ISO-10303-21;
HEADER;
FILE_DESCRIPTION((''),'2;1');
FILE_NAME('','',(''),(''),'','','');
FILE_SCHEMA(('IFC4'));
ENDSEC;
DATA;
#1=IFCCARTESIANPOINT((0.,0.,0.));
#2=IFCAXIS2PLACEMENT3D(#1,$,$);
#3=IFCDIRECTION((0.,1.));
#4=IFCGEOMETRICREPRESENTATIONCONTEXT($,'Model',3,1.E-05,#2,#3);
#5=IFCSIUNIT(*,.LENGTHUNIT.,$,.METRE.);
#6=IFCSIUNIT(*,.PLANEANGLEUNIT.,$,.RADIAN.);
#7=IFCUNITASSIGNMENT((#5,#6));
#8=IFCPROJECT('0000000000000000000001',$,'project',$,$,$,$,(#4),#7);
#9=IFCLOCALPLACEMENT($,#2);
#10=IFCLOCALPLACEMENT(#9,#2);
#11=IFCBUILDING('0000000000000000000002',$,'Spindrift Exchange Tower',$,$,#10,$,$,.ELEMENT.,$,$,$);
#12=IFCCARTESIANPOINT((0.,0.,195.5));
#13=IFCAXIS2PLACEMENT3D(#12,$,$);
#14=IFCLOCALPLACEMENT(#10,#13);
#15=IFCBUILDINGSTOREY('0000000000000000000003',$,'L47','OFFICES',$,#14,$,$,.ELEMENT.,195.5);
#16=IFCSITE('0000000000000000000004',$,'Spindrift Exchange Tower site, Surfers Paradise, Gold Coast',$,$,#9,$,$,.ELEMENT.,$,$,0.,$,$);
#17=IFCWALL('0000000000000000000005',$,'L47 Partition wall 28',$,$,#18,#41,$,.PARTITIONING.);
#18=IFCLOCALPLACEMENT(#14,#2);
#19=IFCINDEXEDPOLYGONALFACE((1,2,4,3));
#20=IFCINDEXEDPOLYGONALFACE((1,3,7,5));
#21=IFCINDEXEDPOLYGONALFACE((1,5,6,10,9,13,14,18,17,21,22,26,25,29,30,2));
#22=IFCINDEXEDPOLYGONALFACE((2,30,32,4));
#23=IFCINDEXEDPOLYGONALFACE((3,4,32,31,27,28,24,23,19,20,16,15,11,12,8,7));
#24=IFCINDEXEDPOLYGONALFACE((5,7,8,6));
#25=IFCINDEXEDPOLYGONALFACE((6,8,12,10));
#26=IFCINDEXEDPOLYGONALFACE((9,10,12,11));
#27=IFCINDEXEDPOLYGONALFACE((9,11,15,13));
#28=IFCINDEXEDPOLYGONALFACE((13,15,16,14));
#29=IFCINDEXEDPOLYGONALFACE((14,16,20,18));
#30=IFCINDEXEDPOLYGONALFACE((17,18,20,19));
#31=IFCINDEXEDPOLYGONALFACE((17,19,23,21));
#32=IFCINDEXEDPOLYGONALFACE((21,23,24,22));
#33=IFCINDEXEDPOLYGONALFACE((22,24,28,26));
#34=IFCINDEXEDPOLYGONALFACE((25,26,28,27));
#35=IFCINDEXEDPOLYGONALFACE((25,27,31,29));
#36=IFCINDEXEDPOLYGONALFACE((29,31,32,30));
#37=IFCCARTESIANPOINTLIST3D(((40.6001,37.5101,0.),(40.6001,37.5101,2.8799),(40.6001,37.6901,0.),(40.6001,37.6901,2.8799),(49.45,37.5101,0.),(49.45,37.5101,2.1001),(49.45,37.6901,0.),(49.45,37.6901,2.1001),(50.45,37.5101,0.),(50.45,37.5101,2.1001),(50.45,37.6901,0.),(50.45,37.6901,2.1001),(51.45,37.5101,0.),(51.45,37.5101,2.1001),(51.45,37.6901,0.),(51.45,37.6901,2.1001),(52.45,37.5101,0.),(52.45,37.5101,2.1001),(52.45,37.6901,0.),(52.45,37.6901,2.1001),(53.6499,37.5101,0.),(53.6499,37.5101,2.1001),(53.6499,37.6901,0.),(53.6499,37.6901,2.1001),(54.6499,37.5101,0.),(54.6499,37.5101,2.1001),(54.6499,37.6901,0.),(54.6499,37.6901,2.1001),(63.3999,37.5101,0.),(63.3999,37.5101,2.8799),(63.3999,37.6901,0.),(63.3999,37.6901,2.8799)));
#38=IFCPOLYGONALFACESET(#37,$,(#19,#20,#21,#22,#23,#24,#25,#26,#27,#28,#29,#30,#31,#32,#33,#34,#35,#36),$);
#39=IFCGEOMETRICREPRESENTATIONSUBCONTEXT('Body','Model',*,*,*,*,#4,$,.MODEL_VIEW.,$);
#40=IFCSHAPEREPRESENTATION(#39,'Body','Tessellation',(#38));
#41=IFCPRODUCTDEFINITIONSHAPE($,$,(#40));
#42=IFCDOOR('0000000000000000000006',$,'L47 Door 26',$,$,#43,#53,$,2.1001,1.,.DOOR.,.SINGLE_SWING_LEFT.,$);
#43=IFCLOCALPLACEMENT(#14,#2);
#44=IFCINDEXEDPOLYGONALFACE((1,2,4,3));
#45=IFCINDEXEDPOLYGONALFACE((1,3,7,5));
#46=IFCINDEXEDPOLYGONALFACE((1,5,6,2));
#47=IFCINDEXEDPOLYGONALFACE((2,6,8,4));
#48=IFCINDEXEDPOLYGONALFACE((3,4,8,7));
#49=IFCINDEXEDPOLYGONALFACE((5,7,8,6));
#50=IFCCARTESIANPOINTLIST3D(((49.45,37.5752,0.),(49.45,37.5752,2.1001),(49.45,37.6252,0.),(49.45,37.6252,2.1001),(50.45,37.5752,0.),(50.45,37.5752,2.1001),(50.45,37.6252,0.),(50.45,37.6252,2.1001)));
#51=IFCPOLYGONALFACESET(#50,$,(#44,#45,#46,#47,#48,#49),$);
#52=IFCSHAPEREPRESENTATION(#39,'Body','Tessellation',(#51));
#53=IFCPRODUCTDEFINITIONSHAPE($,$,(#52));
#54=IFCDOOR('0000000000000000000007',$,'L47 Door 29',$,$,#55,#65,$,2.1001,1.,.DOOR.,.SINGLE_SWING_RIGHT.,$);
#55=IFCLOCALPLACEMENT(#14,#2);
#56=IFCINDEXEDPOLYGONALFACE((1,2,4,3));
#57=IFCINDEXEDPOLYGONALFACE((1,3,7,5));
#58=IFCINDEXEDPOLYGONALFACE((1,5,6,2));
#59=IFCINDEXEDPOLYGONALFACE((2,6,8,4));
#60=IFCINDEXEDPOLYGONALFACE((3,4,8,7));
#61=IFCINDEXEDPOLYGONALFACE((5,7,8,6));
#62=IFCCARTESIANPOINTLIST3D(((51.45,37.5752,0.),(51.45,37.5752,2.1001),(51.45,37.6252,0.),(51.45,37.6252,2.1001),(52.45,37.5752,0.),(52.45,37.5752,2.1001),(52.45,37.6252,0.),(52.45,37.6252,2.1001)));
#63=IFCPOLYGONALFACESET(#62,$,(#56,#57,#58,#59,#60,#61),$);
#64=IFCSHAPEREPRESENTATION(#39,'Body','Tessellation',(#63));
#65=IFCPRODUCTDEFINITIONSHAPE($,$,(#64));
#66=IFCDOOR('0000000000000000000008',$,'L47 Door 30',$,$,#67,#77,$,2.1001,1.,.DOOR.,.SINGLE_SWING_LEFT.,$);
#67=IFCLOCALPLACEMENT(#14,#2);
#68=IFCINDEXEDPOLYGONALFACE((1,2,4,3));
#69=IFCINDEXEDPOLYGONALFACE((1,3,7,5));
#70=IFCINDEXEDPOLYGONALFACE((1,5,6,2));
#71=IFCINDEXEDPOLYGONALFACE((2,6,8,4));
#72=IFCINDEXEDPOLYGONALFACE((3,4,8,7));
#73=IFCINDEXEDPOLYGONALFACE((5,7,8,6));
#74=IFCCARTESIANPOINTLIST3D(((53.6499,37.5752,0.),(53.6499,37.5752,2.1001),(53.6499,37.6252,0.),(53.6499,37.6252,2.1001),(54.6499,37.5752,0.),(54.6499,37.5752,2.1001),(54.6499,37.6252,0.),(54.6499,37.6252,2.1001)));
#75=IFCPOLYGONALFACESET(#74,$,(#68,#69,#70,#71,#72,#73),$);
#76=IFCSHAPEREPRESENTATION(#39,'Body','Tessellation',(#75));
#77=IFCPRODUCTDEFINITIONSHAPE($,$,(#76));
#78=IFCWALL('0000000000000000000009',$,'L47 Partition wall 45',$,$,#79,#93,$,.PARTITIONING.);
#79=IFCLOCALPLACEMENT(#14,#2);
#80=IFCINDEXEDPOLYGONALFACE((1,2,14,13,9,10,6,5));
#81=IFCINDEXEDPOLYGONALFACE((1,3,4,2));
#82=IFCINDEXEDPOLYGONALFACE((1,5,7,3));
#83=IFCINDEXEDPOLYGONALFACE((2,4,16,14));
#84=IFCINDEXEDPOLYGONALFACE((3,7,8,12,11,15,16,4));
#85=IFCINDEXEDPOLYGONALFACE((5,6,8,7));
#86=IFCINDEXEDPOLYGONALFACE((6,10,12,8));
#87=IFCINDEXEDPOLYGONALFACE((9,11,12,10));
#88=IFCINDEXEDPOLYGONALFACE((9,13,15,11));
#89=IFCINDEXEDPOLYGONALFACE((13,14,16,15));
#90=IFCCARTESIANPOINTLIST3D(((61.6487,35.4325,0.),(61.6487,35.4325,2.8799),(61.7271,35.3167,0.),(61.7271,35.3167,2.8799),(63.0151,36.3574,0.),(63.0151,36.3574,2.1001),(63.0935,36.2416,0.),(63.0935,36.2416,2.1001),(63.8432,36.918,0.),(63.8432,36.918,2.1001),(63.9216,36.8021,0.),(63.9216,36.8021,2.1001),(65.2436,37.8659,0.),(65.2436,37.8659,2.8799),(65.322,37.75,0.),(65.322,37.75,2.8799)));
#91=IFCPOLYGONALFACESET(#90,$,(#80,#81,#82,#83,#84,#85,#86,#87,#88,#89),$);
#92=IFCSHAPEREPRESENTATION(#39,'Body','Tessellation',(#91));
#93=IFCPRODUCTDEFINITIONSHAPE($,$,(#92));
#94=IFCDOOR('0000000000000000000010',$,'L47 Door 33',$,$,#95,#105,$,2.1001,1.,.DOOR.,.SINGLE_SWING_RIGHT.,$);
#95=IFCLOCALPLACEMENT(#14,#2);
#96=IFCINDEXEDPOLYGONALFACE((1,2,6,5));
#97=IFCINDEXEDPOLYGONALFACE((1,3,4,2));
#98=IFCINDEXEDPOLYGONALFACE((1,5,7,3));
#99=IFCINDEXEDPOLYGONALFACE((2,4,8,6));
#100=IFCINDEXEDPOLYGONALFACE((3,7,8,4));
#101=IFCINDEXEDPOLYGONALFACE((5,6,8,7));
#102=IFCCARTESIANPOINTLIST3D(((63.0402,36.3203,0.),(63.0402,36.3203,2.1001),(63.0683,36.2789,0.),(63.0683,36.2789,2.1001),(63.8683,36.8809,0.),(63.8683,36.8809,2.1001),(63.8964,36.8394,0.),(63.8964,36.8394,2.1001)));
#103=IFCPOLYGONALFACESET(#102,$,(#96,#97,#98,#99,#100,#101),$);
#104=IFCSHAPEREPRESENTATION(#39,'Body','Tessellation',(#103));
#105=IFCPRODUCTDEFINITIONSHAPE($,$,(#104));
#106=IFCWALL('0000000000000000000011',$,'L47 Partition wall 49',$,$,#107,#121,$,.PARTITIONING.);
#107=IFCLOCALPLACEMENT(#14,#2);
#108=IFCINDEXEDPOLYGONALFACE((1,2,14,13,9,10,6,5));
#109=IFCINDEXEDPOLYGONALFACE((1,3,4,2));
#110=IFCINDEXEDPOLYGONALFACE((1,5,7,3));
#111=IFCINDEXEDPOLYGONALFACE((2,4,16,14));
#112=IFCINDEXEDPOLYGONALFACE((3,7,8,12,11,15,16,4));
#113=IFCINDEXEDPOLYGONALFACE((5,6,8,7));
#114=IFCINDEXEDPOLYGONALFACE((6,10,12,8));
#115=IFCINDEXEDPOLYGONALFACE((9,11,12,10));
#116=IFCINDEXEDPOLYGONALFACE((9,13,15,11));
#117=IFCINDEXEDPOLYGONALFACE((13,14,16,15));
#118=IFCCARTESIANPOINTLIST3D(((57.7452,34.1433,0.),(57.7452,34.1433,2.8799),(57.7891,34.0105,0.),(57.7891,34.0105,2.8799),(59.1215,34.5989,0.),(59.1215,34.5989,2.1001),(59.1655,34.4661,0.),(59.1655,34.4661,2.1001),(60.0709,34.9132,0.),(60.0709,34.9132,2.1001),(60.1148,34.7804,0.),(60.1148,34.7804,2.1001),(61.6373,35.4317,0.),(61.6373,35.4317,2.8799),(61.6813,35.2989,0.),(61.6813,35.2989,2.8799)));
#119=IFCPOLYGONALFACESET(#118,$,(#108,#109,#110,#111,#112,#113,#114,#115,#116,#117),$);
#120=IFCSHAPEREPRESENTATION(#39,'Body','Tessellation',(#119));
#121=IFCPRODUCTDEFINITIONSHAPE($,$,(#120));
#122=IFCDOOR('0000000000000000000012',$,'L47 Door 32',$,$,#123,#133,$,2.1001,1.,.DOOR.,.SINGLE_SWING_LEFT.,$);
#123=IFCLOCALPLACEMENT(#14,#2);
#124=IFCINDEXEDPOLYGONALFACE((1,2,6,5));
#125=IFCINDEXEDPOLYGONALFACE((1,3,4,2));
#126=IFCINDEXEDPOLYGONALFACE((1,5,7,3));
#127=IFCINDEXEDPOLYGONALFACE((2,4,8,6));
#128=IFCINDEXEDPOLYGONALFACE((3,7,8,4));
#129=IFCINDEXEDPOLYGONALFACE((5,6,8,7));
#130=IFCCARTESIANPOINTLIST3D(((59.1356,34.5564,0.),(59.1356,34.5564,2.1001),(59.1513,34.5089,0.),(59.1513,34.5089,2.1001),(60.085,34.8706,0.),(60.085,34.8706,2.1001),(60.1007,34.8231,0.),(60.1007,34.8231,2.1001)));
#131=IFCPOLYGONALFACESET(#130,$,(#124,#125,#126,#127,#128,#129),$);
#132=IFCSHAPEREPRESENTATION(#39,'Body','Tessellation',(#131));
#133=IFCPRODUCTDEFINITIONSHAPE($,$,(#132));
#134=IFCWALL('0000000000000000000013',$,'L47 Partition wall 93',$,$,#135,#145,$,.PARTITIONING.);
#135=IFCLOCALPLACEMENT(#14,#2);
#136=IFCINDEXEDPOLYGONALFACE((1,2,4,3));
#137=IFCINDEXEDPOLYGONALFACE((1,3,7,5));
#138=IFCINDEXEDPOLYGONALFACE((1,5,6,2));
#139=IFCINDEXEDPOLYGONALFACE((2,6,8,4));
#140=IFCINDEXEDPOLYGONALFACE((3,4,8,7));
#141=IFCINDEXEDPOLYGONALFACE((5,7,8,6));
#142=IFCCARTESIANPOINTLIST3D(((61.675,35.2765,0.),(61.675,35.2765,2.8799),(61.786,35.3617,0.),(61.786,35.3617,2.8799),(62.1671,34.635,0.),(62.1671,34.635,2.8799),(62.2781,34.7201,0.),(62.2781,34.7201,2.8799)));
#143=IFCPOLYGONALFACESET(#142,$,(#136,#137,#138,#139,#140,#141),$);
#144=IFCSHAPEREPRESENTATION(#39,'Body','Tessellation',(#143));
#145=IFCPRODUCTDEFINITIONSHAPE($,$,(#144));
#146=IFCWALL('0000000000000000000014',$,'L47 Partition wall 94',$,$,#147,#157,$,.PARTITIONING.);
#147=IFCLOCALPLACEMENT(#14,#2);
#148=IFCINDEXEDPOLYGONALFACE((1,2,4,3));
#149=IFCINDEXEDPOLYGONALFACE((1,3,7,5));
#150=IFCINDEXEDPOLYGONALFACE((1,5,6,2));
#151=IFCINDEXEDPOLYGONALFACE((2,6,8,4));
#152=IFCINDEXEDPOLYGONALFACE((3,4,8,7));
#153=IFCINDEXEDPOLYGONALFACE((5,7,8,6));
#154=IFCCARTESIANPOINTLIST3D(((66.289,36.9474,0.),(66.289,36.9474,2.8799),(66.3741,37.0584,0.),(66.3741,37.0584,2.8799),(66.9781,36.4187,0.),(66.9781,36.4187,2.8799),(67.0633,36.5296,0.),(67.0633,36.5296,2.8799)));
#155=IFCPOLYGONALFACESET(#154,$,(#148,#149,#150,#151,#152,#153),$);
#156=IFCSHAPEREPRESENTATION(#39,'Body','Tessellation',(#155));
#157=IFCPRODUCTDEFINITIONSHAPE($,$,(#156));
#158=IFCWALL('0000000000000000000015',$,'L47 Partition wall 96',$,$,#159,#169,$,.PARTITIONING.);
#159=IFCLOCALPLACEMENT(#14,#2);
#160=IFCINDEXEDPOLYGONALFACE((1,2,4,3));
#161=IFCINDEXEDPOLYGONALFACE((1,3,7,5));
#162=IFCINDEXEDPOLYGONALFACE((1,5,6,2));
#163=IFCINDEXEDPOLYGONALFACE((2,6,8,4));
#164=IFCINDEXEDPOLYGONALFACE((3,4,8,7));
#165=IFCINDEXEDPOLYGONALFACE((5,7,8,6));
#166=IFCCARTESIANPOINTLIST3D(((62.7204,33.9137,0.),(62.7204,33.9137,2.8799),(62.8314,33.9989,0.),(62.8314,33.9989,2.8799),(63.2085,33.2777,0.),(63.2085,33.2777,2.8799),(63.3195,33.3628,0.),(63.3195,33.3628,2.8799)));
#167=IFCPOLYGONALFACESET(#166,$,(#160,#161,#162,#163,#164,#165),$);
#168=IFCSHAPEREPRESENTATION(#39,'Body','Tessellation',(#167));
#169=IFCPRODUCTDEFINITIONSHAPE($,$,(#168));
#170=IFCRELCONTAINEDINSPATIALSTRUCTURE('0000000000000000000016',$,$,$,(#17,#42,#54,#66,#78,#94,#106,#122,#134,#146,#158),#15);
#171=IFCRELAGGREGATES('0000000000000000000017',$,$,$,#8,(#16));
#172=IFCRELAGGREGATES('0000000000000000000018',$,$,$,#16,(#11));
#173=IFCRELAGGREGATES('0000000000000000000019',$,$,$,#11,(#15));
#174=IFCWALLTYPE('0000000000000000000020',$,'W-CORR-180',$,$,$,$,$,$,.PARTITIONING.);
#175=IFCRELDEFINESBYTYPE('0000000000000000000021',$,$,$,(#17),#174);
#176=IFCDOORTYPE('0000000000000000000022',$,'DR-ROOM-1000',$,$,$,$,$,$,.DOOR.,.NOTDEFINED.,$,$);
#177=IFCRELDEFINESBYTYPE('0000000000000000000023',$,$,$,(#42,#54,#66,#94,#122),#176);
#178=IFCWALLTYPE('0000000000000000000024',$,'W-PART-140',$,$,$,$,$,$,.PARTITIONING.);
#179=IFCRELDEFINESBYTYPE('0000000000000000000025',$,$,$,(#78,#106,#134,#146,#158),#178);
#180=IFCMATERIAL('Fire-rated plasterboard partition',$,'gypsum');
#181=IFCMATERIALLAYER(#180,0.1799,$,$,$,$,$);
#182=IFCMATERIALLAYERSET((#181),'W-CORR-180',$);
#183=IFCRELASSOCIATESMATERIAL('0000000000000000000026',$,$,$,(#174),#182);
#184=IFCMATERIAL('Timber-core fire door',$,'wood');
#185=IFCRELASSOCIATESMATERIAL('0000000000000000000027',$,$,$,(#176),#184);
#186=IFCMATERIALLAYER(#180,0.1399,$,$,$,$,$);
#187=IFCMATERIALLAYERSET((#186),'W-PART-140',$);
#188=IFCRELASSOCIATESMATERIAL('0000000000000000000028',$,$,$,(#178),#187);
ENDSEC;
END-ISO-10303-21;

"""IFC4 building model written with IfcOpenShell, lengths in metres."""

from ifc_helpers import new_model, si_unit, direction, frame, frame_2d, origin, place, context, subcontext, project, spatial, rectangle, extrude, source, transform, mapped, material, layer, layer_set, type_object, element, fill, save


model = new_model("IFC4")

# Units and contexts
model_context = context("Model", 3, precision=1e-05, world=origin(), true_north=direction((0.0, 1.0)))
body_context = subcontext(model_context, "Body", "Model", "MODEL_VIEW")
ifc_project = project(units=[si_unit("LENGTHUNIT", "METRE"), si_unit("PLANEANGLEUNIT", "RADIAN")], contexts=[model_context])

# Site, building, storey
site_placement = place(None, origin())
site = spatial("IfcSite", under=ifc_project, at=site_placement, Name="Spindrift Exchange Tower site, Surfers Paradise, Gold Coast", CompositionType="ELEMENT", RefElevation=0.0)
building_placement = place(site_placement, origin())
building = spatial("IfcBuilding", under=site, at=building_placement, Name="Spindrift Exchange Tower", CompositionType="ELEMENT")
storey_placement = place(building_placement, frame((0.0, 0.0, 195.5)))
storey = spatial("IfcBuildingStorey", under=building, at=storey_placement, Name="L47", Description="OFFICES", CompositionType="ELEMENT", Elevation=195.5)

# Wall, openings, doors
ifc_material_1 = material(Name="Fire-rated plasterboard partition", Category="gypsum")
ifc_layer_1 = layer(ifc_material_1, 0.1799)
ifc_layer_set_1 = layer_set([ifc_layer_1], Name="W-CORR-180")
wall_type_1 = type_object("IfcWallType", Name="W-CORR-180", PredefinedType="PARTITIONING", material=ifc_layer_set_1)
wall_1_placement = place(storey_placement, frame((63.3999, 37.6001, 0.0), z_axis=(0.0, 0.0, 1.0), x_axis=(-1.0, 0.0, 0.0)))
wall_1 = element("IfcWall", 1, at=wall_1_placement, inside=storey, type_object=wall_type_1, Name="L47 Partition wall 28", PredefinedType="PARTITIONING", context=body_context, shape_type="SweptSolid", body=[
    extrude(rectangle(XDim=22.7998, YDim=0.1799, at=frame_2d((11.3999, 0.0))), origin(), (0.0, 0.0, 1.0), 2.8799),
])
opening_1_placement = place(wall_1_placement, frame((12.95, 0.0, 0.0)))
opening_1 = element("IfcOpeningElement", 2, at=opening_1_placement, cuts=wall_1, PredefinedType="OPENING", context=body_context, shape_type="SweptSolid", body=[
    extrude(rectangle(XDim=1.0, YDim=2.1001, at=frame_2d((0.5, 1.05))), frame((0.0, 0.0999, 0.0), z_axis=(0.0, -1.0, 0.0), x_axis=(1.0, 0.0, 0.0)), (0.0, 0.0, 1.0), 0.2),
])
opening_2_placement = place(wall_1_placement, frame((10.95, 0.0, 0.0)))
opening_2 = element("IfcOpeningElement", 3, at=opening_2_placement, cuts=wall_1, PredefinedType="OPENING", context=body_context, shape_type="SweptSolid", body=[
    extrude(rectangle(XDim=1.0, YDim=2.1001, at=frame_2d((0.5, 1.05))), frame((0.0, 0.0999, 0.0), z_axis=(0.0, -1.0, 0.0), x_axis=(1.0, 0.0, 0.0)), (0.0, 0.0, 1.0), 0.2),
])
opening_3_placement = place(wall_1_placement, frame((8.75, 0.0, 0.0)))
opening_3 = element("IfcOpeningElement", 4, at=opening_3_placement, cuts=wall_1, PredefinedType="OPENING", context=body_context, shape_type="SweptSolid", body=[
    extrude(rectangle(XDim=1.0, YDim=2.1001, at=frame_2d((0.5, 1.05))), frame((0.0, 0.0999, 0.0), z_axis=(0.0, -1.0, 0.0), x_axis=(1.0, 0.0, 0.0)), (0.0, 0.0, 1.0), 0.2),
])
ifc_material_2 = material(Name="Timber-core fire door", Category="wood")
door_type = type_object("IfcDoorType", Name="DR-ROOM-1000", OperationType="NOTDEFINED", PredefinedType="DOOR", material=ifc_material_2)
shared_shape_1 = source(origin(), body_context, "Body", "SweptSolid", [
    extrude(rectangle(XDim=1.0, YDim=2.1001, at=frame_2d((0.5, 1.05))), frame((0.0, 0.0249, 0.0), z_axis=(0.0, -1.0, 0.0), x_axis=(1.0, 0.0, 0.0)), (0.0, 0.0, 1.0), 0.05),
])
door_1_placement = place(opening_1_placement, origin())
door_1 = element("IfcDoor", 5, at=door_1_placement, inside=storey, type_object=door_type, Name="L47 Door 26", OperationType="SINGLE_SWING_LEFT", OverallHeight=2.1001, OverallWidth=1.0, PredefinedType="DOOR", context=body_context, shape_type="MappedRepresentation", body=[
    mapped(shared_shape_1, transform((0.0, 0.0, 0.0), scale=1.0)),
])
fill(opening_1, door_1)
door_2_placement = place(opening_2_placement, origin())
door_2 = element("IfcDoor", 6, at=door_2_placement, inside=storey, type_object=door_type, Name="L47 Door 29", OperationType="SINGLE_SWING_RIGHT", OverallHeight=2.1001, OverallWidth=1.0, PredefinedType="DOOR", context=body_context, shape_type="MappedRepresentation", body=[
    mapped(shared_shape_1, transform((0.0, 0.0, 0.0), scale=1.0)),
])
fill(opening_2, door_2)
door_3_placement = place(opening_3_placement, origin())
door_3 = element("IfcDoor", 7, at=door_3_placement, inside=storey, type_object=door_type, Name="L47 Door 30", OperationType="SINGLE_SWING_LEFT", OverallHeight=2.1001, OverallWidth=1.0, PredefinedType="DOOR", context=body_context, shape_type="MappedRepresentation", body=[
    mapped(shared_shape_1, transform((0.0, 0.0, 0.0), scale=1.0)),
])
fill(opening_3, door_3)

# Walls, openings, doors
ifc_layer_2 = layer(ifc_material_1, 0.1399)
ifc_layer_set_2 = layer_set([ifc_layer_2], Name="W-PART-140")
wall_type_2 = type_object("IfcWallType", Name="W-PART-140", PredefinedType="PARTITIONING", material=ifc_layer_set_2)
wall_2_placement = place(storey_placement, frame((65.2827, 37.8079, 0.0), z_axis=(0.0, 0.0, 1.0), x_axis=(-0.828128, -0.56054, 0.0)))
wall_2 = element("IfcWall", 8, at=wall_2_placement, inside=storey, type_object=wall_type_2, Name="L47 Partition wall 45", PredefinedType="PARTITIONING", context=body_context, shape_type="SweptSolid", body=[
    extrude(rectangle(XDim=4.3411, YDim=0.1399, at=frame_2d((2.1704, 0.0))), origin(), (0.0, 0.0, 1.0), 2.8799),
])
opening_4_placement = place(wall_2_placement, frame((1.6909, 0.0, 0.0)))
opening_4 = element("IfcOpeningElement", 9, at=opening_4_placement, cuts=wall_2, PredefinedType="OPENING", context=body_context, shape_type="SweptSolid", body=[
    extrude(rectangle(XDim=1.0, YDim=2.1001, at=frame_2d((0.5, 1.05))), frame((0.0, 0.0798, 0.0), z_axis=(0.0, -1.0, 0.0), x_axis=(1.0, 0.0, 0.0)), (0.0, 0.0, 1.0), 0.1599),
])
door_4_placement = place(opening_4_placement, origin())
door_4 = element("IfcDoor", 10, at=door_4_placement, inside=storey, type_object=door_type, Name="L47 Door 33", OperationType="SINGLE_SWING_RIGHT", OverallHeight=2.1001, OverallWidth=1.0, PredefinedType="DOOR", context=body_context, shape_type="MappedRepresentation", body=[
    mapped(shared_shape_1, transform((0.0, 0.0, 0.0), scale=1.0)),
])
fill(opening_4, door_4)
wall_3_placement = place(storey_placement, frame((61.6592, 35.3652, 0.0), z_axis=(0.0, 0.0, 1.0), x_axis=(-0.949342, -0.314244, 0.0)))
wall_3 = element("IfcWall", 11, at=wall_3_placement, inside=storey, type_object=wall_type_2, Name="L47 Partition wall 49", PredefinedType="PARTITIONING", context=body_context, shape_type="SweptSolid", body=[
    extrude(rectangle(XDim=4.0999, YDim=0.1399, at=frame_2d((2.0498, 0.0))), origin(), (0.0, 0.0, 1.0), 2.8799),
])
opening_5_placement = place(wall_3_placement, frame((1.6499, 0.0, 0.0)))
opening_5 = element("IfcOpeningElement", 12, at=opening_5_placement, cuts=wall_3, PredefinedType="OPENING", context=body_context, shape_type="SweptSolid", body=[
    extrude(rectangle(XDim=1.0, YDim=2.1001, at=frame_2d((0.5, 1.05))), frame((0.0, 0.0798, 0.0), z_axis=(0.0, -1.0, 0.0), x_axis=(1.0, 0.0, 0.0)), (0.0, 0.0, 1.0), 0.1599),
])
door_5_placement = place(opening_5_placement, origin())
door_5 = element("IfcDoor", 13, at=door_5_placement, inside=storey, type_object=door_type, Name="L47 Door 32", OperationType="SINGLE_SWING_LEFT", OverallHeight=2.1001, OverallWidth=1.0, PredefinedType="DOOR", context=body_context, shape_type="MappedRepresentation", body=[
    mapped(shared_shape_1, transform((0.0, 0.0, 0.0), scale=1.0)),
])
fill(opening_5, door_5)

# Walls
wall_4_placement = place(storey_placement, frame((61.7305, 35.3191, 0.0), z_axis=(0.0, 0.0, 1.0), x_axis=(0.60866, -0.793431, 0.0)))
element("IfcWall", 14, at=wall_4_placement, inside=storey, type_object=wall_type_2, Name="L47 Partition wall 93", PredefinedType="PARTITIONING", context=body_context, shape_type="SweptSolid", body=[
    extrude(rectangle(XDim=0.8086, YDim=0.1399, at=frame_2d((0.4043, 0.0))), origin(), (0.0, 0.0, 1.0), 2.8799),
])
wall_5_placement = place(storey_placement, frame((66.3315, 37.0029, 0.0), z_axis=(0.0, 0.0, 1.0), x_axis=(0.793376, -0.608732, 0.0)))
element("IfcWall", 15, at=wall_5_placement, inside=storey, type_object=wall_type_2, Name="L47 Partition wall 94", PredefinedType="PARTITIONING", context=body_context, shape_type="SweptSolid", body=[
    extrude(rectangle(XDim=0.8687, YDim=0.1399, at=frame_2d((0.4343, 0.0))), origin(), (0.0, 0.0, 1.0), 2.8799),
])
wall_6_placement = place(storey_placement, frame((62.7759, 33.9563, 0.0), z_axis=(0.0, 0.0, 1.0), x_axis=(0.608783, -0.793337, 0.0)))
element("IfcWall", 16, at=wall_6_placement, inside=storey, type_object=wall_type_2, Name="L47 Partition wall 96", PredefinedType="PARTITIONING", context=body_context, shape_type="SweptSolid", body=[
    extrude(rectangle(XDim=0.8018, YDim=0.1399, at=frame_2d((0.4009, 0.0))), origin(), (0.0, 0.0, 1.0), 2.8799),
])

save(model, "model.ifc")
